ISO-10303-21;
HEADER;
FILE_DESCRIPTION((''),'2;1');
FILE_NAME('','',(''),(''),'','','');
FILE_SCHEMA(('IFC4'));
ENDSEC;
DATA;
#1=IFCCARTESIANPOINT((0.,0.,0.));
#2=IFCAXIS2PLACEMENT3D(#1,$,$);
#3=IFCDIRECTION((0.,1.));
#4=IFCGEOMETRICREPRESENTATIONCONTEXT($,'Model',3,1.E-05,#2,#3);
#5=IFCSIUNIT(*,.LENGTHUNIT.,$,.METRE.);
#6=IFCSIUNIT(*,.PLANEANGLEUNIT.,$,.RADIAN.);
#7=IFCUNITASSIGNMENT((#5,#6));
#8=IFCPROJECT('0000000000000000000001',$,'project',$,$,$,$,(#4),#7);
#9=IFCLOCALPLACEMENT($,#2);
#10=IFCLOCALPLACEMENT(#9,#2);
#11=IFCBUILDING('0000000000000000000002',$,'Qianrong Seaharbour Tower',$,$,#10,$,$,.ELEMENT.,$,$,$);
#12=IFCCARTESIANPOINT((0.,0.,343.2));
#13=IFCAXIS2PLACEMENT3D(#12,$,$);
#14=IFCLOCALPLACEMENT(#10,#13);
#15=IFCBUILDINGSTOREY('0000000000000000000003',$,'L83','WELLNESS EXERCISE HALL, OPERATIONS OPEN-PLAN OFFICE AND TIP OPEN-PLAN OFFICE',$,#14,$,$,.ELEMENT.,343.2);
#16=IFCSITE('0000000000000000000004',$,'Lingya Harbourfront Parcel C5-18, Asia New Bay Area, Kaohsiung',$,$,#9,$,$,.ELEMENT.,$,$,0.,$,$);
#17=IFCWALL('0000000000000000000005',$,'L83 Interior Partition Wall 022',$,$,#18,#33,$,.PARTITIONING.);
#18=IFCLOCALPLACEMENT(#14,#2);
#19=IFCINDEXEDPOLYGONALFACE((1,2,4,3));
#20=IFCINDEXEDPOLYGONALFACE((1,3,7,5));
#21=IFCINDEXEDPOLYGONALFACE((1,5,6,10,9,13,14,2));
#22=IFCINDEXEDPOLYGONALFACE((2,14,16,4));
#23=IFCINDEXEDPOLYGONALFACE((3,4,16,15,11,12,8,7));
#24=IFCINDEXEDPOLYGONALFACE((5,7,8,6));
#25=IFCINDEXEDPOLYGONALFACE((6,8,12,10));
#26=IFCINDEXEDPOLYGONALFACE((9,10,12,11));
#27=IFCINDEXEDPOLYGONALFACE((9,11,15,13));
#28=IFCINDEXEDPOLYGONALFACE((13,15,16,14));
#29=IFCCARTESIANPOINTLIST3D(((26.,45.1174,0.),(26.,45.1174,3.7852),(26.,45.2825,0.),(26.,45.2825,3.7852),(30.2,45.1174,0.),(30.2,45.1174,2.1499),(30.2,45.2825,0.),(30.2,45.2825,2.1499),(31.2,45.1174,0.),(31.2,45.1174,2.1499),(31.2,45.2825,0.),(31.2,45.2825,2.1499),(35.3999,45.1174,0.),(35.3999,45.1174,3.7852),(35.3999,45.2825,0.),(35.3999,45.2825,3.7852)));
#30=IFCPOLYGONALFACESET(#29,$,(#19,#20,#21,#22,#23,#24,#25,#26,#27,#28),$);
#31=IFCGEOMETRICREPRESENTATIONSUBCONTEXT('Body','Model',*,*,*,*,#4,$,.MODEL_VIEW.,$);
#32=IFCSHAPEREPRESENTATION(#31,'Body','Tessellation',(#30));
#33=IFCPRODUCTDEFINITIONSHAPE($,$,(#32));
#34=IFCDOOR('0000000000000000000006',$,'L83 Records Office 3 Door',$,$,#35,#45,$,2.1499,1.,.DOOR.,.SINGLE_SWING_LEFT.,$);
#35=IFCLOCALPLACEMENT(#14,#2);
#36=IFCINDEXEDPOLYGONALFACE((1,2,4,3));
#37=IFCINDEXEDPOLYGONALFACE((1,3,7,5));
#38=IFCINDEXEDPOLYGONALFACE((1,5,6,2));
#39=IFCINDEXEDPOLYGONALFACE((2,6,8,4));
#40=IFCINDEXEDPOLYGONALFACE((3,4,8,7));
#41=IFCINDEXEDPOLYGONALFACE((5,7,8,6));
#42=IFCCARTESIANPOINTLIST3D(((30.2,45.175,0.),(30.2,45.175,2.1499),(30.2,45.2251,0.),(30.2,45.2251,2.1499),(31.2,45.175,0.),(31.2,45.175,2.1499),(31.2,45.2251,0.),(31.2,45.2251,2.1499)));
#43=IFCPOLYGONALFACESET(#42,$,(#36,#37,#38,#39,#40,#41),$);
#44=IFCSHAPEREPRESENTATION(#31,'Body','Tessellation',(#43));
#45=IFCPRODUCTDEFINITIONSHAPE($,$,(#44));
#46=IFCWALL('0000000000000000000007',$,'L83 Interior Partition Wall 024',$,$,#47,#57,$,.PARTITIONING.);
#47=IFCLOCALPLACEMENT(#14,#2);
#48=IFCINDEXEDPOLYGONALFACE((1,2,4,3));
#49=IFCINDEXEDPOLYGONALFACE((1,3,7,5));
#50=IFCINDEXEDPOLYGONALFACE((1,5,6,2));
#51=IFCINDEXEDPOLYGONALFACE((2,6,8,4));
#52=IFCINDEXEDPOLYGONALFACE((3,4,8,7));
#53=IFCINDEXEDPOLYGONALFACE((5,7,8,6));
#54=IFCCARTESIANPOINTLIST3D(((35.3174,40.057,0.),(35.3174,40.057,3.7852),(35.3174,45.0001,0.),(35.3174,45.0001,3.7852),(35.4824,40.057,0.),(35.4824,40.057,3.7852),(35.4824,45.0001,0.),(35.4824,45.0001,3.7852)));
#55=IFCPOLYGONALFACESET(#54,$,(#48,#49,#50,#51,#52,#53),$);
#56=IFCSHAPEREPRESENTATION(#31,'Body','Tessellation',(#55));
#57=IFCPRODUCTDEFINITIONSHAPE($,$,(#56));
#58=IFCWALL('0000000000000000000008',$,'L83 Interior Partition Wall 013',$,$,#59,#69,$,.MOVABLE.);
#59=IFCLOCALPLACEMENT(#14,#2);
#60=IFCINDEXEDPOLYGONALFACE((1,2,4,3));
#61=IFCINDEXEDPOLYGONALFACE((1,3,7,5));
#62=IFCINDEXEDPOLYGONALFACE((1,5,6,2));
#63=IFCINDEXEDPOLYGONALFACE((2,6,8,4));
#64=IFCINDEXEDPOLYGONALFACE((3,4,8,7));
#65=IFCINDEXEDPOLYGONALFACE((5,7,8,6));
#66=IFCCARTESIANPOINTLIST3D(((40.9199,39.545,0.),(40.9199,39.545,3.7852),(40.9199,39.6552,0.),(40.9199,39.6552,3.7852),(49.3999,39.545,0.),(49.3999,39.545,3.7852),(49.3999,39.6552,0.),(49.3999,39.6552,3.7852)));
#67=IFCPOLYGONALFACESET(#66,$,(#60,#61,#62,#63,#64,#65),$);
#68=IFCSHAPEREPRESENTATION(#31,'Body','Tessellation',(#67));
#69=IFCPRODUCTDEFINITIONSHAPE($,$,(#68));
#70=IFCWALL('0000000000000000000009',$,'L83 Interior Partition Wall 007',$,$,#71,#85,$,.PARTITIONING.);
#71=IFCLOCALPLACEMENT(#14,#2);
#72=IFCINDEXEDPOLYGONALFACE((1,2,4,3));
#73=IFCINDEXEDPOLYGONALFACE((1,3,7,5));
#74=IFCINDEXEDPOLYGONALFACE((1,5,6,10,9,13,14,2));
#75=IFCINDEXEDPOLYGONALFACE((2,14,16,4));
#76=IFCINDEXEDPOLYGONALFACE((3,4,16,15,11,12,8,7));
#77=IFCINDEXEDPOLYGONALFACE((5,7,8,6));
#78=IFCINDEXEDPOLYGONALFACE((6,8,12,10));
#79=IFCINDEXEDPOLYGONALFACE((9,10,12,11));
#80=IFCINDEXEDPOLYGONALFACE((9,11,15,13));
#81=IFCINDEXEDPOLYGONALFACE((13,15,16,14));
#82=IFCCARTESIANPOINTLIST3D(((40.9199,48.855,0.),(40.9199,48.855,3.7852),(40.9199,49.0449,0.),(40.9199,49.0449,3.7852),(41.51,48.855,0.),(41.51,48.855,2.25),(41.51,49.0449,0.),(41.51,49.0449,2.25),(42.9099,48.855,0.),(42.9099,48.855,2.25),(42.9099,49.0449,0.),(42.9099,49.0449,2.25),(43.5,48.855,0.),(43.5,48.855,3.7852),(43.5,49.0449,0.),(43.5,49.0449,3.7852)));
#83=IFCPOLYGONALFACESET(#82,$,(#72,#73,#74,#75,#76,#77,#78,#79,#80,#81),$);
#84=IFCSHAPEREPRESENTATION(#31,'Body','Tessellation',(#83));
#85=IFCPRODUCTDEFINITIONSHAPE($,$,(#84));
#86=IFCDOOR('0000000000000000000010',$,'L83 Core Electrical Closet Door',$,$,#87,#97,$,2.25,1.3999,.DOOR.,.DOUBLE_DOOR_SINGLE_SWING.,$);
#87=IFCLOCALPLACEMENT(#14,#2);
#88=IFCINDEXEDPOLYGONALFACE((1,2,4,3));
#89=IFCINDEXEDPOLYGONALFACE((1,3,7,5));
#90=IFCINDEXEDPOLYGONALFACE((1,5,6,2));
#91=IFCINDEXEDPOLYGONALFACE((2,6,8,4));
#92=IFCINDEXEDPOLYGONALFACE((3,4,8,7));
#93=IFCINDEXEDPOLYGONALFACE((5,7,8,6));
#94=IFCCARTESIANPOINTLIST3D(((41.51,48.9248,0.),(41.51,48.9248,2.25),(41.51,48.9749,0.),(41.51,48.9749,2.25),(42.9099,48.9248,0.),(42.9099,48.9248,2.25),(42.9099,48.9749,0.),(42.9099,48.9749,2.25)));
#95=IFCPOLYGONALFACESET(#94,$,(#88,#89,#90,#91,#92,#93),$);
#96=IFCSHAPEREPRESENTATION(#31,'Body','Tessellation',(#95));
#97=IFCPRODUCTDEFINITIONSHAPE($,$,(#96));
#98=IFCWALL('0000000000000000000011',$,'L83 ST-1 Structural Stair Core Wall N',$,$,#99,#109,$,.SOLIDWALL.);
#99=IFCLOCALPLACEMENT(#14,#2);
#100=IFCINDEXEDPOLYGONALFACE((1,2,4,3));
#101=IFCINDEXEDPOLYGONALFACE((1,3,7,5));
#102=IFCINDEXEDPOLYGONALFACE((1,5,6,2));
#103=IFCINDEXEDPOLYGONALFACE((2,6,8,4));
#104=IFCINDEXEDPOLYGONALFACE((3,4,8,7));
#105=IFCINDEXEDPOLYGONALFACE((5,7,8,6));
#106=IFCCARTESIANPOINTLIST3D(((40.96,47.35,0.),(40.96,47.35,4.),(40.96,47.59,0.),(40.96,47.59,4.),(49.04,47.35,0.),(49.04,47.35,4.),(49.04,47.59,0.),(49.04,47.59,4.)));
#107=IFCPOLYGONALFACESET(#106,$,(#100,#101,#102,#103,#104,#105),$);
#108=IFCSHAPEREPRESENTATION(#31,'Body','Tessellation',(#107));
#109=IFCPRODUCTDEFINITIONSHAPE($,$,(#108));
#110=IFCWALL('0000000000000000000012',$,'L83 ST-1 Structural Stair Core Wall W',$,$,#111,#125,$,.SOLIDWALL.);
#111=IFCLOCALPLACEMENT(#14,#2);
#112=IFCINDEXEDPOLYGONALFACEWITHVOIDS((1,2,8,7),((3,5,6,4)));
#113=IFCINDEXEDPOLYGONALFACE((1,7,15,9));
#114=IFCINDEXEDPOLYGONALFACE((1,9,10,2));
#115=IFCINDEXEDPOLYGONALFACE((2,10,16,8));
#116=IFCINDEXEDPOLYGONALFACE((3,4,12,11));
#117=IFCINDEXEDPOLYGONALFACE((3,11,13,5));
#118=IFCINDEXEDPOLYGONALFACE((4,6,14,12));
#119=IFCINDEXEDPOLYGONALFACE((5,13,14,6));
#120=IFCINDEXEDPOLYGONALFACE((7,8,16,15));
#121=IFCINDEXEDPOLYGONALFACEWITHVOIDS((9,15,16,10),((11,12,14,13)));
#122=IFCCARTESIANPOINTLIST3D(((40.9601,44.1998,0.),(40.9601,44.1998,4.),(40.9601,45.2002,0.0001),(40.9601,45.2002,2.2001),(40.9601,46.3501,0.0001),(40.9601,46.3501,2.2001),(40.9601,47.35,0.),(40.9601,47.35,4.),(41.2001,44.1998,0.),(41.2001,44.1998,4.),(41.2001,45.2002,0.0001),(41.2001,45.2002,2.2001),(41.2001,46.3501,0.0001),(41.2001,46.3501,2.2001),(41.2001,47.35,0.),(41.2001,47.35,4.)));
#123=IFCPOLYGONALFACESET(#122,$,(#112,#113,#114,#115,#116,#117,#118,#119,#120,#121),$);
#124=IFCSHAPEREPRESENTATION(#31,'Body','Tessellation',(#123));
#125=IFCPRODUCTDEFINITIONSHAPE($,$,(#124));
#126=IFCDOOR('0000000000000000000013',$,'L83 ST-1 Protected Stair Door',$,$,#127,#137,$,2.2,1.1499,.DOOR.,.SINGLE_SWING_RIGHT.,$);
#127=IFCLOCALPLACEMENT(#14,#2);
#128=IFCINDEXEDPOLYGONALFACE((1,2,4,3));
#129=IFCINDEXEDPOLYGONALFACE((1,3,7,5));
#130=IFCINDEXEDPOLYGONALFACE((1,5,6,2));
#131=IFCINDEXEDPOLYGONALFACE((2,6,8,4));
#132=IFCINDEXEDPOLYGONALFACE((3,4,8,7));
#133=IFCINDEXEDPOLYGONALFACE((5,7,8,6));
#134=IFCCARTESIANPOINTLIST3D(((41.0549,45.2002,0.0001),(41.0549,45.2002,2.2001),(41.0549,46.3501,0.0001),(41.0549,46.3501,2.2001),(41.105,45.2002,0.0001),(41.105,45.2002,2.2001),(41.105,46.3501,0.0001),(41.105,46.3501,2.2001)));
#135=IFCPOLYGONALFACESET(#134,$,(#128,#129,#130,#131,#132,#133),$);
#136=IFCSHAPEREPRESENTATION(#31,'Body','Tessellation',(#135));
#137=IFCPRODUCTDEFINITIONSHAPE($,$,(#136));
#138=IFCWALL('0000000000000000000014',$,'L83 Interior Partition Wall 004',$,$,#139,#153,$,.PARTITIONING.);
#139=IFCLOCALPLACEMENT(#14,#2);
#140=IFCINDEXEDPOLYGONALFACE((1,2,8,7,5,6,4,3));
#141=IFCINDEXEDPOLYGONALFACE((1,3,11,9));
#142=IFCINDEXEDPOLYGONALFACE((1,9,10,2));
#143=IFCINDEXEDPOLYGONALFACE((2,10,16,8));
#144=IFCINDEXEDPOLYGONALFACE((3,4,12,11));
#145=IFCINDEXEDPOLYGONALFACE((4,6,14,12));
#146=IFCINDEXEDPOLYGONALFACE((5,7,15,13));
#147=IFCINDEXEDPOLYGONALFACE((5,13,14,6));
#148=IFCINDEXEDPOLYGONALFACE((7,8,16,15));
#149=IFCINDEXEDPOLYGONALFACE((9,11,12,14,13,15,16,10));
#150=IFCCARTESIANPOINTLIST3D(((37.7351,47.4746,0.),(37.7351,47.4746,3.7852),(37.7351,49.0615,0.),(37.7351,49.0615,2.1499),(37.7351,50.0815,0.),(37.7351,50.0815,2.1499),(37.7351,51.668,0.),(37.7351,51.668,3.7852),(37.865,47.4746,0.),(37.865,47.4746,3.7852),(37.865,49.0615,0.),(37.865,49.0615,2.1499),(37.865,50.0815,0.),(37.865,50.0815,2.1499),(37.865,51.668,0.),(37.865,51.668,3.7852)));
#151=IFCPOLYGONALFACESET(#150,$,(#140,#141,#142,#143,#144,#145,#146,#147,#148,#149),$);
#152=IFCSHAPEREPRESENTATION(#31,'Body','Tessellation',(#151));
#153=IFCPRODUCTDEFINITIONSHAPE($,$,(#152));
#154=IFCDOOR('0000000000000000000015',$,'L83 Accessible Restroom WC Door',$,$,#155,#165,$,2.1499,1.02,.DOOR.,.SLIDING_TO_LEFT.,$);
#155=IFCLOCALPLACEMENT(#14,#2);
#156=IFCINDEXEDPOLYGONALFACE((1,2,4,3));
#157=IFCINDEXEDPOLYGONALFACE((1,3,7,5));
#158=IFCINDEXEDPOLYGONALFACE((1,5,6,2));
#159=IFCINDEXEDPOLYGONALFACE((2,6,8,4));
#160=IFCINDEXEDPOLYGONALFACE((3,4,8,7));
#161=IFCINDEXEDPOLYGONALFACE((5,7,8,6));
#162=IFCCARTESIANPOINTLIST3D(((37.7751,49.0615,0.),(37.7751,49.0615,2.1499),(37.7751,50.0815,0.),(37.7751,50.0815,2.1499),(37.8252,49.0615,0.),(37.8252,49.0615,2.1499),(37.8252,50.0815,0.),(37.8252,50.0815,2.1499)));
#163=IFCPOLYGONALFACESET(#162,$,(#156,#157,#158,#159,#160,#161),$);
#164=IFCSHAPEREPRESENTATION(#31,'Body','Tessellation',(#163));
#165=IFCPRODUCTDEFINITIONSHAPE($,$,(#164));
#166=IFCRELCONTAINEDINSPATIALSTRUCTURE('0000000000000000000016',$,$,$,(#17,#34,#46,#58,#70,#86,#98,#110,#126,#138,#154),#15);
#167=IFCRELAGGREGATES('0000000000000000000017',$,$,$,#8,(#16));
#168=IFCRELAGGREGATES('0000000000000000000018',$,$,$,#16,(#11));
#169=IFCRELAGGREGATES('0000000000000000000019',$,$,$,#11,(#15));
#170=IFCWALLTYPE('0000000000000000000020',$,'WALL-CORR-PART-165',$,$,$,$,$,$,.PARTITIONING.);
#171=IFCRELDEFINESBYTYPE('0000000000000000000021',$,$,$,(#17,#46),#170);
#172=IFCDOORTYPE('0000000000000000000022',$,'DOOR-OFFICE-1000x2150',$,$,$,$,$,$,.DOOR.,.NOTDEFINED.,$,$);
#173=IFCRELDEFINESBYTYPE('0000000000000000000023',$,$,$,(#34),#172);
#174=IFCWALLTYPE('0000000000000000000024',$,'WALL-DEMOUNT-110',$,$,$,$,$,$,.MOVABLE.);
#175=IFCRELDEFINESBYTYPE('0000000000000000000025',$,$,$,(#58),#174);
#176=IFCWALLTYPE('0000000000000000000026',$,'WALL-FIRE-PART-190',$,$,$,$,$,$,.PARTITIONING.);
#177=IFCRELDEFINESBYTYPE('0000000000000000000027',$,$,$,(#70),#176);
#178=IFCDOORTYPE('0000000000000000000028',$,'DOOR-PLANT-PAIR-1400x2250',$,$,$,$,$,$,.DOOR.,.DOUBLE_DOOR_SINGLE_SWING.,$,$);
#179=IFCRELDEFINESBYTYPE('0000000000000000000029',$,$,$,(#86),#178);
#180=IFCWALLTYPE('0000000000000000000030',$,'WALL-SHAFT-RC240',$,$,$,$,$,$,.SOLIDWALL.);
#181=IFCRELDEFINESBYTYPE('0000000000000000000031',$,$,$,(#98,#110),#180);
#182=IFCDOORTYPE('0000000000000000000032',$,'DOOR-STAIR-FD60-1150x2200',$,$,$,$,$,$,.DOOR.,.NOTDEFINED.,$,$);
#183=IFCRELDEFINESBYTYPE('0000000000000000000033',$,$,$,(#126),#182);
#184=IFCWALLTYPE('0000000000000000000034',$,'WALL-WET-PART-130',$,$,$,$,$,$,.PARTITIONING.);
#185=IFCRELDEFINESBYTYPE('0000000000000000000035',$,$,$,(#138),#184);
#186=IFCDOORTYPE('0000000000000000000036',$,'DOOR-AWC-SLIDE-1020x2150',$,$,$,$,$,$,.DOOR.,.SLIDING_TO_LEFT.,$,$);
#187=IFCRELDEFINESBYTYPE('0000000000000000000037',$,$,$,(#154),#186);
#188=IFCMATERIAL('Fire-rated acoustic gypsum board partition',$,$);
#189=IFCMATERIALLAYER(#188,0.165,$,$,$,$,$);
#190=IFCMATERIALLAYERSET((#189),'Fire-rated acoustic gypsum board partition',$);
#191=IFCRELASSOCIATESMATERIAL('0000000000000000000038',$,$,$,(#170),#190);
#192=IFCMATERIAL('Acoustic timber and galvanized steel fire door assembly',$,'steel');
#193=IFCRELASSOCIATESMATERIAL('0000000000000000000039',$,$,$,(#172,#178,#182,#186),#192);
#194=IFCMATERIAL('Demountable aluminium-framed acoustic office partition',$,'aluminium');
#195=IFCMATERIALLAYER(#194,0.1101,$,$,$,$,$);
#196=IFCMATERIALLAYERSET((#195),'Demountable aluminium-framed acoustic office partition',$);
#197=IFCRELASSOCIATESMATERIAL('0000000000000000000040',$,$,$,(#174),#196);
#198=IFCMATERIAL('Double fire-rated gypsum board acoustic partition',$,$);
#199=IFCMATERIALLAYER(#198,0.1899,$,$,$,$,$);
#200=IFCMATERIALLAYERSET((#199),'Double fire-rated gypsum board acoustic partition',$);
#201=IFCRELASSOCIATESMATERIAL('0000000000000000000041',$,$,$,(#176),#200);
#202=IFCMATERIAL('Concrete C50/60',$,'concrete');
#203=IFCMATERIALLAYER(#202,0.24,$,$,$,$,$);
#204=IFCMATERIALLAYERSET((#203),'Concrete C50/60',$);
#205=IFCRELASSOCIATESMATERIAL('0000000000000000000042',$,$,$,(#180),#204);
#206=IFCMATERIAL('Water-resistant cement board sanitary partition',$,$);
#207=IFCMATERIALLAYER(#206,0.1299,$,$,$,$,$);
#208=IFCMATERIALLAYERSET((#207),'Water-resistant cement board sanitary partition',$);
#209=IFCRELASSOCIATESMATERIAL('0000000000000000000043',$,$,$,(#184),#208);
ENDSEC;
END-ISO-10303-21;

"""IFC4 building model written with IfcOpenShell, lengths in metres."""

from ifc_helpers import new_model, si_unit, direction, frame, frame_2d, origin, place, context, subcontext, project, spatial, rectangle, extrude, material, layer, layer_set, type_object, element, fill, save


model = new_model("IFC4")

# Units and contexts
model_context = context("Model", 3, precision=1e-05, world=origin(), true_north=direction((0.0, 1.0)))
body_context = subcontext(model_context, "Body", "Model", "MODEL_VIEW")
ifc_project = project(units=[si_unit("LENGTHUNIT", "METRE"), si_unit("PLANEANGLEUNIT", "RADIAN")], contexts=[model_context])

# Site, building, storey
site_placement = place(None, origin())
site = spatial("IfcSite", under=ifc_project, at=site_placement, Name="Lingya Harbourfront Parcel C5-18, Asia New Bay Area, Kaohsiung", CompositionType="ELEMENT", RefElevation=0.0)
building_placement = place(site_placement, origin())
building = spatial("IfcBuilding", under=site, at=building_placement, Name="Qianrong Seaharbour Tower", CompositionType="ELEMENT")
storey_placement = place(building_placement, frame((0.0, 0.0, 343.2)))
storey = spatial("IfcBuildingStorey", under=building, at=storey_placement, Name="L83", Description="WELLNESS EXERCISE HALL, OPERATIONS OPEN-PLAN OFFICE AND TIP OPEN-PLAN OFFICE", CompositionType="ELEMENT", Elevation=343.2)

# Shared definitions
ifc_material_1 = material(Name="Concrete C50/60", Category="concrete")

# Shared definitions
ifc_material_2 = material(Name="Fire-rated acoustic gypsum board partition")
ifc_layer_1 = layer(ifc_material_2, 0.165)
ifc_layer_set_1 = layer_set([ifc_layer_1], Name="Fire-rated acoustic gypsum board partition")
wall_type_1 = type_object("IfcWallType", Name="WALL-CORR-PART-165", PredefinedType="PARTITIONING", material=ifc_layer_set_1)
ifc_material_3 = material(Name="Acoustic timber and galvanized steel fire door assembly", Category="steel")

# Wall, opening, door
wall_1_placement = place(storey_placement, frame((35.3999, 45.2, 0.0), z_axis=(0.0, 0.0, 1.0), x_axis=(-1.0, 0.0, 0.0)))
wall_1 = element("IfcWall", 1, at=wall_1_placement, inside=storey, type_object=wall_type_1, Name="L83 Interior Partition Wall 022", PredefinedType="PARTITIONING", context=body_context, shape_type="SweptSolid", body=[
    extrude(rectangle(XDim=9.3999, YDim=0.165, at=frame_2d((4.7, 0.0))), origin(), (0.0, 0.0, 1.0), 3.7852),
])
opening_1_placement = place(wall_1_placement, frame((4.2, 0.0, 0.0)))
opening_1 = element("IfcOpeningElement", 2, at=opening_1_placement, cuts=wall_1, PredefinedType="OPENING", context=body_context, shape_type="SweptSolid", body=[
    extrude(rectangle(XDim=1.0, YDim=2.1499, at=frame_2d((0.5, 1.075))), frame((0.0, 0.0925, 0.0), z_axis=(0.0, -1.0, 0.0), x_axis=(1.0, 0.0, 0.0)), (0.0, 0.0, 1.0), 0.1851),
])
door_type_1 = type_object("IfcDoorType", Name="DOOR-OFFICE-1000x2150", OperationType="NOTDEFINED", PredefinedType="DOOR", material=ifc_material_3)
door_1_placement = place(opening_1_placement, origin())
door_1 = element("IfcDoor", 3, at=door_1_placement, inside=storey, type_object=door_type_1, Name="L83 Records Office 3 Door", OperationType="SINGLE_SWING_LEFT", OverallHeight=2.1499, OverallWidth=1.0, PredefinedType="DOOR", context=body_context, shape_type="SweptSolid", body=[
    extrude(rectangle(XDim=1.0, YDim=2.1499, at=frame_2d((0.5, 1.075))), frame((0.0, 0.0249, 0.0), z_axis=(0.0, -1.0, 0.0), x_axis=(1.0, 0.0, 0.0)), (0.0, 0.0, 1.0), 0.05),
])
fill(opening_1, door_1)

# Walls
wall_2_placement = place(storey_placement, frame((35.3999, 40.0569, 0.0), z_axis=(0.0, 0.0, 1.0), x_axis=(0.0, 1.0, 0.0)))
element("IfcWall", 4, at=wall_2_placement, inside=storey, type_object=wall_type_1, Name="L83 Interior Partition Wall 024", PredefinedType="PARTITIONING", context=body_context, shape_type="SweptSolid", body=[
    extrude(rectangle(XDim=4.9431, YDim=0.165, at=frame_2d((2.4717, 0.0))), origin(), (0.0, 0.0, 1.0), 3.7852),
])
ifc_material_4 = material(Name="Demountable aluminium-framed acoustic office partition", Category="aluminium")
ifc_layer_2 = layer(ifc_material_4, 0.1101)
ifc_layer_set_2 = layer_set([ifc_layer_2], Name="Demountable aluminium-framed acoustic office partition")
wall_type_2 = type_object("IfcWallType", Name="WALL-DEMOUNT-110", PredefinedType="MOVABLE", material=ifc_layer_set_2)
wall_3_placement = place(storey_placement, frame((40.9199, 39.6001, 0.0), z_axis=(0.0, 0.0, 1.0), x_axis=(1.0, 0.0, 0.0)))
element("IfcWall", 5, at=wall_3_placement, inside=storey, type_object=wall_type_2, Name="L83 Interior Partition Wall 013", PredefinedType="MOVABLE", context=body_context, shape_type="SweptSolid", body=[
    extrude(rectangle(XDim=8.48, YDim=0.1101, at=frame_2d((4.24, 0.0))), origin(), (0.0, 0.0, 1.0), 3.7852),
])

# Wall, opening, door
ifc_material_5 = material(Name="Double fire-rated gypsum board acoustic partition")
ifc_layer_3 = layer(ifc_material_5, 0.1899)
ifc_layer_set_3 = layer_set([ifc_layer_3], Name="Double fire-rated gypsum board acoustic partition")
wall_type_3 = type_object("IfcWallType", Name="WALL-FIRE-PART-190", PredefinedType="PARTITIONING", material=ifc_layer_set_3)
wall_4_placement = place(storey_placement, frame((40.9199, 48.95, 0.0), z_axis=(0.0, 0.0, 1.0), x_axis=(1.0, 0.0, 0.0)))
wall_4 = element("IfcWall", 6, at=wall_4_placement, inside=storey, type_object=wall_type_3, Name="L83 Interior Partition Wall 007", PredefinedType="PARTITIONING", context=body_context, shape_type="SweptSolid", body=[
    extrude(rectangle(XDim=2.5801, YDim=0.1899, at=frame_2d((1.29, 0.0))), origin(), (0.0, 0.0, 1.0), 3.7852),
])
opening_2_placement = place(wall_4_placement, frame((0.5901, 0.0, 0.0)))
opening_2 = element("IfcOpeningElement", 7, at=opening_2_placement, cuts=wall_4, PredefinedType="OPENING", context=body_context, shape_type="SweptSolid", body=[
    extrude(rectangle(XDim=1.3999, YDim=2.25, at=frame_2d((0.7, 1.125))), frame((0.0, 0.105, 0.0), z_axis=(0.0, -1.0, 0.0), x_axis=(1.0, 0.0, 0.0)), (0.0, 0.0, 1.0), 0.21),
])
door_type_2 = type_object("IfcDoorType", Name="DOOR-PLANT-PAIR-1400x2250", OperationType="DOUBLE_DOOR_SINGLE_SWING", PredefinedType="DOOR", material=ifc_material_3)
door_2_placement = place(opening_2_placement, origin())
door_2 = element("IfcDoor", 8, at=door_2_placement, inside=storey, type_object=door_type_2, Name="L83 Core Electrical Closet Door", OperationType="DOUBLE_DOOR_SINGLE_SWING", OverallHeight=2.25, OverallWidth=1.3999, PredefinedType="DOOR", context=body_context, shape_type="SweptSolid", body=[
    extrude(rectangle(XDim=1.3999, YDim=2.25, at=frame_2d((0.7, 1.125))), frame((0.0, 0.0249, 0.0), z_axis=(0.0, -1.0, 0.0), x_axis=(1.0, 0.0, 0.0)), (0.0, 0.0, 1.0), 0.05),
])
fill(opening_2, door_2)

# Wall
ifc_layer_4 = layer(ifc_material_1, 0.24)
ifc_layer_set_4 = layer_set([ifc_layer_4], Name="Concrete C50/60")
wall_type_4 = type_object("IfcWallType", Name="WALL-SHAFT-RC240", PredefinedType="SOLIDWALL", material=ifc_layer_set_4)
wall_5_placement = place(storey_placement, frame((40.96, 47.47, 0.0), z_axis=(0.0, 0.0, 1.0), x_axis=(1.0, 0.0, 0.0)))
element("IfcWall", 9, at=wall_5_placement, inside=storey, type_object=wall_type_4, Name="L83 ST-1 Structural Stair Core Wall N", PredefinedType="SOLIDWALL", context=body_context, shape_type="SweptSolid", body=[
    extrude(rectangle(XDim=8.0801, YDim=0.24, at=frame_2d((4.04, 0.0))), origin(), (0.0, 0.0, 1.0), 4.0),
])

# Walls, openings, doors
wall_6_placement = place(storey_placement, frame((41.0801, 47.3501, 0.0), z_axis=(0.0, 0.0, 1.0), x_axis=(0.0, -1.0, 0.0)))
wall_6 = element("IfcWall", 10, at=wall_6_placement, inside=storey, type_object=wall_type_4, Name="L83 ST-1 Structural Stair Core Wall W", PredefinedType="SOLIDWALL", context=body_context, shape_type="SweptSolid", body=[
    extrude(rectangle(XDim=3.1501, YDim=0.24, at=frame_2d((1.5752, 0.0))), origin(), (0.0, 0.0, 1.0), 4.0),
])
opening_3_placement = place(wall_6_placement, frame((1.0, 0.0, 0.0)))
opening_3 = element("IfcOpeningElement", 11, at=opening_3_placement, cuts=wall_6, PredefinedType="OPENING", context=body_context, shape_type="SweptSolid", body=[
    extrude(rectangle(XDim=1.1499, YDim=2.2, at=frame_2d((0.575, 1.1001))), frame((0.0, 0.1299, 0.0), z_axis=(0.0, -1.0, 0.0), x_axis=(1.0, 0.0, 0.0)), (0.0, 0.0, 1.0), 0.26),
])
door_type_3 = type_object("IfcDoorType", Name="DOOR-STAIR-FD60-1150x2200", OperationType="NOTDEFINED", PredefinedType="DOOR", material=ifc_material_3)
door_3_placement = place(opening_3_placement, origin())
door_3 = element("IfcDoor", 12, at=door_3_placement, inside=storey, type_object=door_type_3, Name="L83 ST-1 Protected Stair Door", OperationType="SINGLE_SWING_RIGHT", OverallHeight=2.2, OverallWidth=1.1499, PredefinedType="DOOR", context=body_context, shape_type="SweptSolid", body=[
    extrude(rectangle(XDim=1.1499, YDim=2.2, at=frame_2d((0.575, 1.1001))), frame((0.0, 0.0249, 0.0), z_axis=(0.0, -1.0, 0.0), x_axis=(1.0, 0.0, 0.0)), (0.0, 0.0, 1.0), 0.05),
])
fill(opening_3, door_3)
ifc_material_6 = material(Name="Water-resistant cement board sanitary partition")
ifc_layer_5 = layer(ifc_material_6, 0.1299)
ifc_layer_set_5 = layer_set([ifc_layer_5], Name="Water-resistant cement board sanitary partition")
wall_type_5 = type_object("IfcWallType", Name="WALL-WET-PART-130", PredefinedType="PARTITIONING", material=ifc_layer_set_5)
wall_7_placement = place(storey_placement, frame((37.8, 47.4746, 0.0), z_axis=(0.0, 0.0, 1.0), x_axis=(0.0, 1.0, 0.0)))
wall_7 = element("IfcWall", 13, at=wall_7_placement, inside=storey, type_object=wall_type_5, Name="L83 Interior Partition Wall 004", PredefinedType="PARTITIONING", context=body_context, shape_type="SweptSolid", body=[
    extrude(rectangle(XDim=4.1934, YDim=0.1299, at=frame_2d((2.0967, 0.0))), origin(), (0.0, 0.0, 1.0), 3.7852),
])
opening_4_placement = place(wall_7_placement, frame((1.5869, 0.0, 0.0)))
opening_4 = element("IfcOpeningElement", 14, at=opening_4_placement, cuts=wall_7, PredefinedType="OPENING", context=body_context, shape_type="SweptSolid", body=[
    extrude(rectangle(XDim=1.02, YDim=2.1499, at=frame_2d((0.51, 1.075))), frame((0.0, 0.075, 0.0), z_axis=(0.0, -1.0, 0.0), x_axis=(1.0, 0.0, 0.0)), (0.0, 0.0, 1.0), 0.1499),
])
door_type_4 = type_object("IfcDoorType", Name="DOOR-AWC-SLIDE-1020x2150", OperationType="SLIDING_TO_LEFT", PredefinedType="DOOR", material=ifc_material_3)
door_4_placement = place(opening_4_placement, origin())
door_4 = element("IfcDoor", 15, at=door_4_placement, inside=storey, type_object=door_type_4, Name="L83 Accessible Restroom WC Door", OperationType="SLIDING_TO_LEFT", OverallHeight=2.1499, OverallWidth=1.02, PredefinedType="DOOR", context=body_context, shape_type="SweptSolid", body=[
    extrude(rectangle(XDim=1.02, YDim=2.1499, at=frame_2d((0.51, 1.075))), frame((0.0, 0.0249, 0.0), z_axis=(0.0, -1.0, 0.0), x_axis=(1.0, 0.0, 0.0)), (0.0, 0.0, 1.0), 0.05),
])
fill(opening_4, door_4)

save(model, "model.ifc")
